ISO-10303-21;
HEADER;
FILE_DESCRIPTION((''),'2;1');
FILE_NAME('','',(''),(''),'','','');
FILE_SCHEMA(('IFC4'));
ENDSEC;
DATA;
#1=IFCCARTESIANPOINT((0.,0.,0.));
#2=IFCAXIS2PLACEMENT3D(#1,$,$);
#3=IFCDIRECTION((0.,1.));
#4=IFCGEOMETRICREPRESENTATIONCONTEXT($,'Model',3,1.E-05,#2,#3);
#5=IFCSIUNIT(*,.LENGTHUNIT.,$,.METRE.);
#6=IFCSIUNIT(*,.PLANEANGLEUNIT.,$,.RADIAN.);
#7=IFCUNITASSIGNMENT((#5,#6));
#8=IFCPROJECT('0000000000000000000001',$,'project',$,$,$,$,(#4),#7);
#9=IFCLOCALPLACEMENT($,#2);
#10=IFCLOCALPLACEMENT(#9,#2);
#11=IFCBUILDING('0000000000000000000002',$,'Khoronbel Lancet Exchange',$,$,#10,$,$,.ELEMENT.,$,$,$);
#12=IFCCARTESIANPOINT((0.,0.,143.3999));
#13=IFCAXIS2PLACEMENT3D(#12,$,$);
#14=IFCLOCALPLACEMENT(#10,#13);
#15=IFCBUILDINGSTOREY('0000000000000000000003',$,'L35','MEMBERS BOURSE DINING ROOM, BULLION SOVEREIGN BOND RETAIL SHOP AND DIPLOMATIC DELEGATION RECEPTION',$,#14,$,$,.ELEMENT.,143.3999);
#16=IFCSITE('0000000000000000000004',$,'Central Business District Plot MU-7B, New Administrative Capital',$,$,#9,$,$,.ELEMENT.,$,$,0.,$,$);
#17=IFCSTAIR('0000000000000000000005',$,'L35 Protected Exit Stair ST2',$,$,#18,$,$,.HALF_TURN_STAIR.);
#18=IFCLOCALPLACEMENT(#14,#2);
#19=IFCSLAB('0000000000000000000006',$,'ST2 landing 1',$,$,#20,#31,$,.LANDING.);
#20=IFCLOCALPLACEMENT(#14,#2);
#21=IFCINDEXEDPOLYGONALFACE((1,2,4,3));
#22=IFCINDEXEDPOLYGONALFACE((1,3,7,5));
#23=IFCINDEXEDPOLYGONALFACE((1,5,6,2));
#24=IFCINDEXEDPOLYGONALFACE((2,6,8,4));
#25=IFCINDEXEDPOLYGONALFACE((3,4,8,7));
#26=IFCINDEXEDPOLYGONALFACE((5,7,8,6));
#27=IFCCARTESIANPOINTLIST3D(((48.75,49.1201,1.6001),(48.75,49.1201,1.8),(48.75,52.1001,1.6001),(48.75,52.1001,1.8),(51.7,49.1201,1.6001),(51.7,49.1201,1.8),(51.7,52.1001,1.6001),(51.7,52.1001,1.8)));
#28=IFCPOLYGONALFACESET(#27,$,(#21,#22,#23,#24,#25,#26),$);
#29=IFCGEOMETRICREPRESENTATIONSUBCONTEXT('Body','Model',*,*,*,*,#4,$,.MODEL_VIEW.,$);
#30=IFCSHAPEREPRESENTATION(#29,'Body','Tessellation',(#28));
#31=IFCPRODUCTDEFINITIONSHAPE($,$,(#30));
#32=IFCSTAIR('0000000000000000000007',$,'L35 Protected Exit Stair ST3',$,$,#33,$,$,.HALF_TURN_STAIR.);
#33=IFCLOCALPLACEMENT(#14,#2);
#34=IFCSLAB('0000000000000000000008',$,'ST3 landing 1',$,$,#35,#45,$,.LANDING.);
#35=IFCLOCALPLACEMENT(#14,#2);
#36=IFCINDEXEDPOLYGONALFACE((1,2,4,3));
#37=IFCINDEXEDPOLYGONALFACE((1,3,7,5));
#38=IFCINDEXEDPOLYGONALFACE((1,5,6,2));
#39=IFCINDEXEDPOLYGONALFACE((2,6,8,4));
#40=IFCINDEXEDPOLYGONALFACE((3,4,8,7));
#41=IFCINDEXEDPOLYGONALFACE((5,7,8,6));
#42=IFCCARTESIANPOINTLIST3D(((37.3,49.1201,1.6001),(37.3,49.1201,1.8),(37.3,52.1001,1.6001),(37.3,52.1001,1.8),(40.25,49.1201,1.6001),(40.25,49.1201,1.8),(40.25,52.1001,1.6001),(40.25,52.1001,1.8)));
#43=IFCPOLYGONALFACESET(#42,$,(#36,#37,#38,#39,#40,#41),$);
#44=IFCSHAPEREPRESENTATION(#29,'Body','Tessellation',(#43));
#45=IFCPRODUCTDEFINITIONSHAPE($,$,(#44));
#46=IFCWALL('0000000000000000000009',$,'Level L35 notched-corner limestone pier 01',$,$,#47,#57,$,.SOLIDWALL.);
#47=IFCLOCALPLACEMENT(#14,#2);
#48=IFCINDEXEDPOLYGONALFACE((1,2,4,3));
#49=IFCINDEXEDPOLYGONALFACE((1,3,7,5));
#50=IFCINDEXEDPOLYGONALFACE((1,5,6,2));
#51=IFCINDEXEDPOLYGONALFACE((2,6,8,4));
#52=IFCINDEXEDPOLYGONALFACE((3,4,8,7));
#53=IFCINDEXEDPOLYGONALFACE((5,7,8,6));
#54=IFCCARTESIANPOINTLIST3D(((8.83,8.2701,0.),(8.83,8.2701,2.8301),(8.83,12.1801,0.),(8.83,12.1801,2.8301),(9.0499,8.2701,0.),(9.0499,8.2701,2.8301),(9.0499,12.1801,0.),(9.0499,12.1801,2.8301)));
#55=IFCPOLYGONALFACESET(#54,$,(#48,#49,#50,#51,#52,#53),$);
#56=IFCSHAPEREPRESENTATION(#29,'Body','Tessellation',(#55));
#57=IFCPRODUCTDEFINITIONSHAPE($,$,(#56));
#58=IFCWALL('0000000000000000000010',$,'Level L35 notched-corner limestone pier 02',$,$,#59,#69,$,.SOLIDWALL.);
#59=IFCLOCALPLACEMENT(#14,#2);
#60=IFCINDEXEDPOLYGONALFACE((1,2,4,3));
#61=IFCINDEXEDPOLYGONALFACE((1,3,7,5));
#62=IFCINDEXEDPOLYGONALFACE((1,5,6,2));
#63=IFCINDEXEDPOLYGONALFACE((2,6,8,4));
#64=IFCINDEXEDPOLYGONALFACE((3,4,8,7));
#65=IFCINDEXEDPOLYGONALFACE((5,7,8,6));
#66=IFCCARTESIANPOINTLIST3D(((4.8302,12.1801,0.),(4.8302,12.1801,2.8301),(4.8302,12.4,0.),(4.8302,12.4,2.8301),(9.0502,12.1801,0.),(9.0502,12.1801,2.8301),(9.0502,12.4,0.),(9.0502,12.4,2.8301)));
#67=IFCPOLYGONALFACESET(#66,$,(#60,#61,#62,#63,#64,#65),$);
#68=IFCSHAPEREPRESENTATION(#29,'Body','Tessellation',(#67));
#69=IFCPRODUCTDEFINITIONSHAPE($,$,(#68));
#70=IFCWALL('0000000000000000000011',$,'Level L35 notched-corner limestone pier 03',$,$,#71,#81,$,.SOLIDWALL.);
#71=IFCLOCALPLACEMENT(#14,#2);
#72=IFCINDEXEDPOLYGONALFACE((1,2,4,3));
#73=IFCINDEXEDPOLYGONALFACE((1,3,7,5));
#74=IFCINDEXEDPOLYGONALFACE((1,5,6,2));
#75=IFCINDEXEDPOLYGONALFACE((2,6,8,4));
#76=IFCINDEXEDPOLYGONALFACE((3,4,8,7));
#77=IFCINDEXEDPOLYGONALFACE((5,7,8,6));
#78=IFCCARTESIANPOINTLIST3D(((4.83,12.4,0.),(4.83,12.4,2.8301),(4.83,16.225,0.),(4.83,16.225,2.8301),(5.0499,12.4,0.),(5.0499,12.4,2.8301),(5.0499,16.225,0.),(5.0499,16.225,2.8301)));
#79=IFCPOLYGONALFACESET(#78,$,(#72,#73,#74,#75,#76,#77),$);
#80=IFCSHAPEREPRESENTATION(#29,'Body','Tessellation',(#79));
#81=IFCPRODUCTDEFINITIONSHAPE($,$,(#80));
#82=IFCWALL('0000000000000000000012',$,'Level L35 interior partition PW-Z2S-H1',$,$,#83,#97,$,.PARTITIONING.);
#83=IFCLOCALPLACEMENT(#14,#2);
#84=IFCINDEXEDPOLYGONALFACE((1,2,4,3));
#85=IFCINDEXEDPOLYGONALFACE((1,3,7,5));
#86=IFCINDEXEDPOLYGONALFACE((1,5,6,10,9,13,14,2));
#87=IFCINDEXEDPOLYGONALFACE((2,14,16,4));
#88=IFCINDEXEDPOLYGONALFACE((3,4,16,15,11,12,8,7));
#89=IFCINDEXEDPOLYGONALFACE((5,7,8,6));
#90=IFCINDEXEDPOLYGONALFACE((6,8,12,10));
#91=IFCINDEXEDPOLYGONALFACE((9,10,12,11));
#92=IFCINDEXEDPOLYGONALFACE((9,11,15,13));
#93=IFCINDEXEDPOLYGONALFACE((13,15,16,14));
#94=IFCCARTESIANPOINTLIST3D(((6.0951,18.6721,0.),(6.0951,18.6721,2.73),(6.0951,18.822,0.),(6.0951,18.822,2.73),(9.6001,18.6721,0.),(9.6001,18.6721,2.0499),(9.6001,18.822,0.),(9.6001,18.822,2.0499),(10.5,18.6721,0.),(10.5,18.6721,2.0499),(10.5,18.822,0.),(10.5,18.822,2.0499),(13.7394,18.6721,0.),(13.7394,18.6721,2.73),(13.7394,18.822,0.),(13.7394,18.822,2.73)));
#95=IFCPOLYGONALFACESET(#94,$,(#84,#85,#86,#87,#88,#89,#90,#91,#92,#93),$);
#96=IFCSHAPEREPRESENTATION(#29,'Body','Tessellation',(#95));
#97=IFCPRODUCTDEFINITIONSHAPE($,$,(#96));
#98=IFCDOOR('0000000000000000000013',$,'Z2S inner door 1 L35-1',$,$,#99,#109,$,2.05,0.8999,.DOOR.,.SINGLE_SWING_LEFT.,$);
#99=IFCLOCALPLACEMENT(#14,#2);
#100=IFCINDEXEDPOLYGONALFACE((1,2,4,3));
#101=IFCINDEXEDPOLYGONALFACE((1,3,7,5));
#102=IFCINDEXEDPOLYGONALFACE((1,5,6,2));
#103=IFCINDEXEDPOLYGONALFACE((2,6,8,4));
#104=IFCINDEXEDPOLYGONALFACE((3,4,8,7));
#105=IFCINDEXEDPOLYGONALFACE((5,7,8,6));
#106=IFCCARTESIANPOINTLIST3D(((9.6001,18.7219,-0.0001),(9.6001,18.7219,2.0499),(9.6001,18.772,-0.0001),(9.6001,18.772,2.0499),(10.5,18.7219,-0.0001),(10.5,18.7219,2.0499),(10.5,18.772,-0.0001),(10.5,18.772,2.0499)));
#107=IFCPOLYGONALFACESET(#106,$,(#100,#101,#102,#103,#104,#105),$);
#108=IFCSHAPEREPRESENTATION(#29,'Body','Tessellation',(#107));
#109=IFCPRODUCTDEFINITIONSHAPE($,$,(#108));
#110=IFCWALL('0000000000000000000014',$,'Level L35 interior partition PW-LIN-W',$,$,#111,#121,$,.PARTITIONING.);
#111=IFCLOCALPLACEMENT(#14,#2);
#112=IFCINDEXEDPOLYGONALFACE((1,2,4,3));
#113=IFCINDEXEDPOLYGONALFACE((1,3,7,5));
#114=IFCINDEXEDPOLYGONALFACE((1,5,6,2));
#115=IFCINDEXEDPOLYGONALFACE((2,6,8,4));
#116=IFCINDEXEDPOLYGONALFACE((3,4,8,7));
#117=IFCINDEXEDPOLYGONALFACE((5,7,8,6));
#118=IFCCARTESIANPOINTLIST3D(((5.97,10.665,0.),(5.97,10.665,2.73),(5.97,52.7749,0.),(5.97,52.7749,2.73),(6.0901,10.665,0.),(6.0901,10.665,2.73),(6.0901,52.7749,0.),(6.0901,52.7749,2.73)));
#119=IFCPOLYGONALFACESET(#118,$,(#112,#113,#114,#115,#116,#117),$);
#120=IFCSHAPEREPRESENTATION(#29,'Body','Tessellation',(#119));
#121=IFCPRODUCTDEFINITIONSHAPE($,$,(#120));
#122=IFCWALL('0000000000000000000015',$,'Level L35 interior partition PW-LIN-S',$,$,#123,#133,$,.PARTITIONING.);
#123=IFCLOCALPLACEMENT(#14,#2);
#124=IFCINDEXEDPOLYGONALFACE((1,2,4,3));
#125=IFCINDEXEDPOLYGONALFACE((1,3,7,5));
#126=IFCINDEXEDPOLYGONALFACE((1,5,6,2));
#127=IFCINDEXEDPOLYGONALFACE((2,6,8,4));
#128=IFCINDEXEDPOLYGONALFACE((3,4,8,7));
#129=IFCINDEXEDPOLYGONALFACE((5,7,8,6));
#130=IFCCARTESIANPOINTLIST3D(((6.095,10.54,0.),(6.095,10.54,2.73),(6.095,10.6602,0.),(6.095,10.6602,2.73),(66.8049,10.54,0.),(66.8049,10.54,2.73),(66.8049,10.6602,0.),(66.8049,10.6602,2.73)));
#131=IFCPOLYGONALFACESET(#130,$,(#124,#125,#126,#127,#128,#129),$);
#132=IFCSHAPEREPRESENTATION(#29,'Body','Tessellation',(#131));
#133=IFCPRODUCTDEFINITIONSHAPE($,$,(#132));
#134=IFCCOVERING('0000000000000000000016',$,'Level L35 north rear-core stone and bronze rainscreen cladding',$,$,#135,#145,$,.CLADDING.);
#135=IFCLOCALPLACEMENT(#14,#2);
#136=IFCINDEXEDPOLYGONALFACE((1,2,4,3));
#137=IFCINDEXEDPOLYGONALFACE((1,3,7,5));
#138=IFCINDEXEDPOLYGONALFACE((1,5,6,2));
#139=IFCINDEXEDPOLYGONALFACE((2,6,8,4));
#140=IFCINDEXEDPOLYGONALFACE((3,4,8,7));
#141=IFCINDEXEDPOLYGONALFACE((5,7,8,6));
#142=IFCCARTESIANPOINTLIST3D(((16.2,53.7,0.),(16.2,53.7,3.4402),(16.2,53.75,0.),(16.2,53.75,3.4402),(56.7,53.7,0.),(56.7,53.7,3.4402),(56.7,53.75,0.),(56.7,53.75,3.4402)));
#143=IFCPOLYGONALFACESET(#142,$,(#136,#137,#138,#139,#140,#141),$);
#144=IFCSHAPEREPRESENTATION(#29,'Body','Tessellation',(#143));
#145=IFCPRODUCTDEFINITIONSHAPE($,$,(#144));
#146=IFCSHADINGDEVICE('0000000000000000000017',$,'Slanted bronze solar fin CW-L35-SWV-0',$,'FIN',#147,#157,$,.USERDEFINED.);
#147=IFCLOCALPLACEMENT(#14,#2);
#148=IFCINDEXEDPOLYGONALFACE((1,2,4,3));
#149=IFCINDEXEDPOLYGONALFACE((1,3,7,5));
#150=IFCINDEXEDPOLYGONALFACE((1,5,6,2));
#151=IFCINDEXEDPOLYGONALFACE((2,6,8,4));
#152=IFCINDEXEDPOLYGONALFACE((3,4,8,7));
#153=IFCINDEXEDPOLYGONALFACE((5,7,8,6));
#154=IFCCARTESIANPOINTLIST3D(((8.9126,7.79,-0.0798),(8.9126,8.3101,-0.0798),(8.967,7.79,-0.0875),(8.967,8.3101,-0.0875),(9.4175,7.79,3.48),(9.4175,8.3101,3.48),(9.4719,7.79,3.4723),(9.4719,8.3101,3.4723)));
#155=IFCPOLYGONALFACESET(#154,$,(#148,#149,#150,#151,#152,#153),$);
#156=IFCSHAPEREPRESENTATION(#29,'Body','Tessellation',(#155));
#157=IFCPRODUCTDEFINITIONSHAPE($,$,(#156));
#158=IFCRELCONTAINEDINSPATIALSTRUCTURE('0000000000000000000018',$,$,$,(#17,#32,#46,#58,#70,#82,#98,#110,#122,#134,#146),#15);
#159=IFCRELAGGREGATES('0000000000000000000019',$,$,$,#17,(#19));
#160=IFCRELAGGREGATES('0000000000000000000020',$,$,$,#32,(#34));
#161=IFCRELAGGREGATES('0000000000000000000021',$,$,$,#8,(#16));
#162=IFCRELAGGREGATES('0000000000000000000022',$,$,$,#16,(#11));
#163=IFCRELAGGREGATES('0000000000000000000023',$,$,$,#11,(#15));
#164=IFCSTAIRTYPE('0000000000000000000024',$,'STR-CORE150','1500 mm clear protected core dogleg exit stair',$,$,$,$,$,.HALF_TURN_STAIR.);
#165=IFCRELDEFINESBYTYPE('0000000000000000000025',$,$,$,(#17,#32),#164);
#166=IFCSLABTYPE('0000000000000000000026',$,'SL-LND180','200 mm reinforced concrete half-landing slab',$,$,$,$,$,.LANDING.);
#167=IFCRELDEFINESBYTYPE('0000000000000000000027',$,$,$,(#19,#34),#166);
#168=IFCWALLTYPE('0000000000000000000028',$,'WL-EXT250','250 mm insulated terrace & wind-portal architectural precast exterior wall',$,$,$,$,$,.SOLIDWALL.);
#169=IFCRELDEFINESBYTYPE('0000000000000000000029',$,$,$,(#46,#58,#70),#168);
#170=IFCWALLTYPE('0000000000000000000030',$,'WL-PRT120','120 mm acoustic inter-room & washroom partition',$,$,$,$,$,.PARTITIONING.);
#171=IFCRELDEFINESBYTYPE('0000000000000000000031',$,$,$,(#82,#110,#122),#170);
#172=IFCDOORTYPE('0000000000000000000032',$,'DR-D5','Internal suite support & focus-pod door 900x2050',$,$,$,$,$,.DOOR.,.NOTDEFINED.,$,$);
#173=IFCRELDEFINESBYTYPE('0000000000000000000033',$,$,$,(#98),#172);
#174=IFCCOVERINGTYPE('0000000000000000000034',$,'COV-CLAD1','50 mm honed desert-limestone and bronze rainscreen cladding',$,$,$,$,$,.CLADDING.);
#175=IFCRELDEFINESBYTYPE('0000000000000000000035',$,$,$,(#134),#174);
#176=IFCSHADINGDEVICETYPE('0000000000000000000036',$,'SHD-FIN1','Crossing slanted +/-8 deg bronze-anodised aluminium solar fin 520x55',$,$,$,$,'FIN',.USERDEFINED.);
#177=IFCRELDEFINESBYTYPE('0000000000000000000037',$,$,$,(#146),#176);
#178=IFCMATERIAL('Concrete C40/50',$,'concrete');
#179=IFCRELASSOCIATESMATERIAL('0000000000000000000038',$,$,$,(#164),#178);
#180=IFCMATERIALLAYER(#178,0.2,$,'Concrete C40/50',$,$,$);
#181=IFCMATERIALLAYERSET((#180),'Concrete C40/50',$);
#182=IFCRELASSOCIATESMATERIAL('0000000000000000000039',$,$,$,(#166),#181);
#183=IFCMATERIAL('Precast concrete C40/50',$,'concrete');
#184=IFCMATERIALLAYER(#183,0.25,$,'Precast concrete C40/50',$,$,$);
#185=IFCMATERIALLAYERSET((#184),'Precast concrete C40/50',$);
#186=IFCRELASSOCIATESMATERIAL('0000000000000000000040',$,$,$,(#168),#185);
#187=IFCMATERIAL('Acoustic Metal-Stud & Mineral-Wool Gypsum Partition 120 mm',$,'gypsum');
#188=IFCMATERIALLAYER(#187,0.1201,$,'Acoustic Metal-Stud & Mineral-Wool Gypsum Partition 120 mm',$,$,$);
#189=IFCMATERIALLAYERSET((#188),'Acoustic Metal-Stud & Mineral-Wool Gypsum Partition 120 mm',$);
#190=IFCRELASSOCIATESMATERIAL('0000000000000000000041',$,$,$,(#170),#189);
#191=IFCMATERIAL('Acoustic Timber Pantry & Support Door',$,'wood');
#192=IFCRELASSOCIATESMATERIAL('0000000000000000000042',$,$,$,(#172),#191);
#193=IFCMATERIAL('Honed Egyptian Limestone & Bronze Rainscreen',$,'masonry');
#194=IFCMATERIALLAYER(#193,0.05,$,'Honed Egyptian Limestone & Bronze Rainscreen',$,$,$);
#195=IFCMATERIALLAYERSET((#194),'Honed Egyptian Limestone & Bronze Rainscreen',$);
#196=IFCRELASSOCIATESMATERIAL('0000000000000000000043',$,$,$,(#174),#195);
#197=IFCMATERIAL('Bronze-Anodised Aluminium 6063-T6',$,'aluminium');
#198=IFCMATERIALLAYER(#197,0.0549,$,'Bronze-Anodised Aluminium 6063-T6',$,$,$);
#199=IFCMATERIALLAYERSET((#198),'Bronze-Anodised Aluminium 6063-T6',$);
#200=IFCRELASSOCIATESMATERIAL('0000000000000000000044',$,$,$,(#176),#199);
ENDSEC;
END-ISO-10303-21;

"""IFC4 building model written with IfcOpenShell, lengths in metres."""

from ifc_helpers import new_model, si_unit, direction, frame, frame_2d, origin, place, context, subcontext, project, spatial, polyline, rectangle, outline, extrude, material, layer, layer_set, type_object, element, fill, aggregate, save


model = new_model("IFC4")

# Units and contexts
model_context = context("Model", 3, precision=1e-05, world=origin(), true_north=direction((0.0, 1.0)))
body_context = subcontext(model_context, "Body", "Model", "MODEL_VIEW")
ifc_project = project(units=[si_unit("LENGTHUNIT", "METRE"), si_unit("PLANEANGLEUNIT", "RADIAN")], contexts=[model_context])

# Site, building, storey
site_placement = place(None, origin())
site = spatial("IfcSite", under=ifc_project, at=site_placement, Name="Central Business District Plot MU-7B, New Administrative Capital", CompositionType="ELEMENT", RefElevation=0.0)
building_placement = place(site_placement, origin())
building = spatial("IfcBuilding", under=site, at=building_placement, Name="Khoronbel Lancet Exchange", CompositionType="ELEMENT")
storey_placement = place(building_placement, frame((0.0, 0.0, 143.3999)))
storey = spatial("IfcBuildingStorey", under=building, at=storey_placement, Name="L35", Description="MEMBERS BOURSE DINING ROOM, BULLION SOVEREIGN BOND RETAIL SHOP AND DIPLOMATIC DELEGATION RECEPTION", CompositionType="ELEMENT", Elevation=143.3999)

# Shared definitions
ifc_material_1 = material(Name="Bronze-Anodised Aluminium 6063-T6", Category="aluminium")

# Shared definitions
ifc_material_2 = material(Name="Concrete C40/50", Category="concrete")

# Stairs, slabs
stair_type = type_object("IfcStairType", Name="STR-CORE150", Description="1500 mm clear protected core dogleg exit stair", PredefinedType="HALF_TURN_STAIR", material=ifc_material_2)
ifc_layer_1 = layer(ifc_material_2, 0.2, Name="Concrete C40/50")
ifc_layer_set_1 = layer_set([ifc_layer_1], Name="Concrete C40/50")
slab_type_1 = type_object("IfcSlabType", Name="SL-LND180", Description="200 mm reinforced concrete half-landing slab", PredefinedType="LANDING", material=ifc_layer_set_1)
stair_1_placement = place(storey_placement, origin())
stair_1 = element("IfcStair", 1, at=stair_1_placement, inside=storey, type_object=stair_type, Name="L35 Protected Exit Stair ST2", PredefinedType="HALF_TURN_STAIR")
slab_1_placement = place(storey_placement, frame((0.0, 0.0, 1.6001)))
slab_1 = element("IfcSlab", 2, at=slab_1_placement, type_object=slab_type_1, Name="ST2 landing 1", PredefinedType="LANDING", context=body_context, shape_type="SweptSolid", body=[
    extrude(outline(polyline([(51.7, 52.1001), (48.75, 52.1001), (48.75, 49.1201), (51.7, 49.1201), (51.7, 52.1001)])), origin(), (0.0, 0.0, 1.0), 0.2),
])
aggregate(stair_1, [slab_1])
stair_2_placement = place(storey_placement, origin())
stair_2 = element("IfcStair", 3, at=stair_2_placement, inside=storey, type_object=stair_type, Name="L35 Protected Exit Stair ST3", PredefinedType="HALF_TURN_STAIR")
slab_2_placement = place(storey_placement, frame((0.0, 0.0, 1.6001)))
slab_2 = element("IfcSlab", 4, at=slab_2_placement, type_object=slab_type_1, Name="ST3 landing 1", PredefinedType="LANDING", context=body_context, shape_type="SweptSolid", body=[
    extrude(outline(polyline([(37.3, 49.1201), (40.25, 49.1201), (40.25, 52.1001), (37.3, 52.1001), (37.3, 49.1201)])), origin(), (0.0, 0.0, 1.0), 0.2),
])
aggregate(stair_2, [slab_2])

# Walls
ifc_material_3 = material(Name="Precast concrete C40/50", Category="concrete")
ifc_layer_2 = layer(ifc_material_3, 0.25, Name="Precast concrete C40/50")
ifc_layer_set_2 = layer_set([ifc_layer_2], Name="Precast concrete C40/50")
wall_type_1 = type_object("IfcWallType", Name="WL-EXT250", Description="250 mm insulated terrace & wind-portal architectural precast exterior wall", PredefinedType="SOLIDWALL", material=ifc_layer_set_2)
wall_1_placement = place(storey_placement, frame((8.9399, 8.27, 0.0), z_axis=(0.0, 0.0, 1.0), x_axis=(0.0, 1.0, 0.0)))
element("IfcWall", 5, at=wall_1_placement, inside=storey, type_object=wall_type_1, Name="Level L35 notched-corner limestone pier 01", PredefinedType="SOLIDWALL", context=body_context, shape_type="SweptSolid", body=[
    extrude(rectangle(XDim=3.9099, YDim=0.22, at=frame_2d((1.9551, 0.0))), origin(), (0.0, 0.0, 1.0), 2.8301),
])
wall_2_placement = place(storey_placement, frame((9.05, 12.29, 0.0), z_axis=(0.0, 0.0, 1.0), x_axis=(-1.0, 0.0, 0.0)))
element("IfcWall", 6, at=wall_2_placement, inside=storey, type_object=wall_type_1, Name="Level L35 notched-corner limestone pier 02", PredefinedType="SOLIDWALL", context=body_context, shape_type="SweptSolid", body=[
    extrude(rectangle(XDim=4.22, YDim=0.22, at=frame_2d((2.1099, 0.0))), origin(), (0.0, 0.0, 1.0), 2.8301),
])
wall_3_placement = place(storey_placement, frame((4.9399, 12.3999, 0.0), z_axis=(0.0, 0.0, 1.0), x_axis=(0.0, 1.0, 0.0)))
element("IfcWall", 7, at=wall_3_placement, inside=storey, type_object=wall_type_1, Name="Level L35 notched-corner limestone pier 03", PredefinedType="SOLIDWALL", context=body_context, shape_type="SweptSolid", body=[
    extrude(rectangle(XDim=3.825, YDim=0.22, at=frame_2d((1.9126, 0.0))), origin(), (0.0, 0.0, 1.0), 2.8301),
])

# Wall, opening, door
ifc_material_4 = material(Name="Acoustic Metal-Stud & Mineral-Wool Gypsum Partition 120 mm", Category="gypsum")
ifc_layer_3 = layer(ifc_material_4, 0.1201, Name="Acoustic Metal-Stud & Mineral-Wool Gypsum Partition 120 mm")
ifc_layer_set_3 = layer_set([ifc_layer_3], Name="Acoustic Metal-Stud & Mineral-Wool Gypsum Partition 120 mm")
wall_type_2 = type_object("IfcWallType", Name="WL-PRT120", Description="120 mm acoustic inter-room & washroom partition", PredefinedType="PARTITIONING", material=ifc_layer_set_3)
wall_4_placement = place(storey_placement, frame((6.095, 18.7471, 0.0), z_axis=(0.0, 0.0, 1.0), x_axis=(1.0, 0.0, 0.0)))
wall_4 = element("IfcWall", 8, at=wall_4_placement, inside=storey, type_object=wall_type_2, Name="Level L35 interior partition PW-Z2S-H1", PredefinedType="PARTITIONING", context=body_context, shape_type="SweptSolid", body=[
    extrude(rectangle(XDim=7.6443, YDim=0.1499, at=frame_2d((3.8223, 0.0))), origin(), (0.0, 0.0, 1.0), 2.73),
])
opening_placement = place(wall_4_placement, frame((3.5051, 0.0, 0.0)))
opening = element("IfcOpeningElement", 9, at=opening_placement, cuts=wall_4, PredefinedType="OPENING", context=body_context, shape_type="SweptSolid", body=[
    extrude(rectangle(XDim=0.8999, YDim=2.05, at=frame_2d((0.45, 1.0249))), frame((0.0, 0.085, 0.0), z_axis=(0.0, -1.0, 0.0), x_axis=(1.0, 0.0, 0.0)), (0.0, 0.0, 1.0), 0.1699),
])
ifc_material_5 = material(Name="Acoustic Timber Pantry & Support Door", Category="wood")
door_type = type_object("IfcDoorType", Name="DR-D5", Description="Internal suite support & focus-pod door 900x2050", OperationType="NOTDEFINED", PredefinedType="DOOR", material=ifc_material_5)
door_placement = place(opening_placement, origin())
door = element("IfcDoor", 10, at=door_placement, inside=storey, type_object=door_type, Name="Z2S inner door 1 L35-1", OperationType="SINGLE_SWING_LEFT", OverallHeight=2.05, OverallWidth=0.8999, PredefinedType="DOOR", context=body_context, shape_type="SweptSolid", body=[
    extrude(rectangle(XDim=0.8999, YDim=2.05, at=frame_2d((0.45, 1.0249))), frame((0.0, 0.0249, 0.0), z_axis=(0.0, -1.0, 0.0), x_axis=(1.0, 0.0, 0.0)), (0.0, 0.0, 1.0), 0.05),
])
fill(opening, door)

# Walls
wall_5_placement = place(storey_placement, frame((6.03, 10.665, 0.0), z_axis=(0.0, 0.0, 1.0), x_axis=(0.0, 1.0, 0.0)))
element("IfcWall", 11, at=wall_5_placement, inside=storey, type_object=wall_type_2, Name="Level L35 interior partition PW-LIN-W", PredefinedType="PARTITIONING", context=body_context, shape_type="SweptSolid", body=[
    extrude(rectangle(XDim=42.1099, YDim=0.1201, at=frame_2d((21.0549, 0.0))), origin(), (0.0, 0.0, 1.0), 2.73),
])
wall_6_placement = place(storey_placement, frame((6.095, 10.6001, 0.0), z_axis=(0.0, 0.0, 1.0), x_axis=(1.0, 0.0, 0.0)))
element("IfcWall", 12, at=wall_6_placement, inside=storey, type_object=wall_type_2, Name="Level L35 interior partition PW-LIN-S", PredefinedType="PARTITIONING", context=body_context, shape_type="SweptSolid", body=[
    extrude(rectangle(XDim=60.71, YDim=0.1201, at=frame_2d((30.355, 0.0))), origin(), (0.0, 0.0, 1.0), 2.73),
])

# Covering
ifc_material_6 = material(Name="Honed Egyptian Limestone & Bronze Rainscreen", Category="masonry")
ifc_layer_4 = layer(ifc_material_6, 0.05, Name="Honed Egyptian Limestone & Bronze Rainscreen")
ifc_layer_set_4 = layer_set([ifc_layer_4], Name="Honed Egyptian Limestone & Bronze Rainscreen")
covering_type = type_object("IfcCoveringType", Name="COV-CLAD1", Description="50 mm honed desert-limestone and bronze rainscreen cladding", PredefinedType="CLADDING", material=ifc_layer_set_4)
covering_placement = place(storey_placement, origin())
element("IfcCovering", 13, at=covering_placement, inside=storey, type_object=covering_type, Name="Level L35 north rear-core stone and bronze rainscreen cladding", PredefinedType="CLADDING", context=body_context, shape_type="SweptSolid", body=[
    extrude(outline(polyline([(16.2, 53.7), (56.7, 53.7), (56.7, 53.75), (16.2, 53.75), (16.2, 53.7)])), origin(), (0.0, 0.0, 1.0), 3.4402),
])

# Shading device
ifc_layer_5 = layer(ifc_material_1, 0.0549, Name="Bronze-Anodised Aluminium 6063-T6")
ifc_layer_set_5 = layer_set([ifc_layer_5], Name="Bronze-Anodised Aluminium 6063-T6")
shading_device_type = type_object("IfcShadingDeviceType", Name="SHD-FIN1", Description="Crossing slanted +/-8 deg bronze-anodised aluminium solar fin 520x55", ElementType="FIN", PredefinedType="USERDEFINED", material=ifc_layer_set_5)
shading_device_placement = place(storey_placement, frame((8.9126, 8.3101, -0.0798), z_axis=(-0.990092, 0.0, 0.140423), x_axis=(0.0, -1.0, 0.0)))
element("IfcShadingDevice", 14, at=shading_device_placement, inside=storey, type_object=shading_device_type, Name="Slanted bronze solar fin CW-L35-SWV-0", ObjectType="FIN", PredefinedType="USERDEFINED", context=body_context, shape_type="SweptSolid", body=[
    extrude(outline(polyline([(0.0, 0.0), (0.52, 0.0), (0.52, 3.5955), (0.0, 3.5955), (0.0, 0.0)])), origin(), (0.0, 0.0, -1.0), 0.0549),
])

save(model, "model.ifc")
